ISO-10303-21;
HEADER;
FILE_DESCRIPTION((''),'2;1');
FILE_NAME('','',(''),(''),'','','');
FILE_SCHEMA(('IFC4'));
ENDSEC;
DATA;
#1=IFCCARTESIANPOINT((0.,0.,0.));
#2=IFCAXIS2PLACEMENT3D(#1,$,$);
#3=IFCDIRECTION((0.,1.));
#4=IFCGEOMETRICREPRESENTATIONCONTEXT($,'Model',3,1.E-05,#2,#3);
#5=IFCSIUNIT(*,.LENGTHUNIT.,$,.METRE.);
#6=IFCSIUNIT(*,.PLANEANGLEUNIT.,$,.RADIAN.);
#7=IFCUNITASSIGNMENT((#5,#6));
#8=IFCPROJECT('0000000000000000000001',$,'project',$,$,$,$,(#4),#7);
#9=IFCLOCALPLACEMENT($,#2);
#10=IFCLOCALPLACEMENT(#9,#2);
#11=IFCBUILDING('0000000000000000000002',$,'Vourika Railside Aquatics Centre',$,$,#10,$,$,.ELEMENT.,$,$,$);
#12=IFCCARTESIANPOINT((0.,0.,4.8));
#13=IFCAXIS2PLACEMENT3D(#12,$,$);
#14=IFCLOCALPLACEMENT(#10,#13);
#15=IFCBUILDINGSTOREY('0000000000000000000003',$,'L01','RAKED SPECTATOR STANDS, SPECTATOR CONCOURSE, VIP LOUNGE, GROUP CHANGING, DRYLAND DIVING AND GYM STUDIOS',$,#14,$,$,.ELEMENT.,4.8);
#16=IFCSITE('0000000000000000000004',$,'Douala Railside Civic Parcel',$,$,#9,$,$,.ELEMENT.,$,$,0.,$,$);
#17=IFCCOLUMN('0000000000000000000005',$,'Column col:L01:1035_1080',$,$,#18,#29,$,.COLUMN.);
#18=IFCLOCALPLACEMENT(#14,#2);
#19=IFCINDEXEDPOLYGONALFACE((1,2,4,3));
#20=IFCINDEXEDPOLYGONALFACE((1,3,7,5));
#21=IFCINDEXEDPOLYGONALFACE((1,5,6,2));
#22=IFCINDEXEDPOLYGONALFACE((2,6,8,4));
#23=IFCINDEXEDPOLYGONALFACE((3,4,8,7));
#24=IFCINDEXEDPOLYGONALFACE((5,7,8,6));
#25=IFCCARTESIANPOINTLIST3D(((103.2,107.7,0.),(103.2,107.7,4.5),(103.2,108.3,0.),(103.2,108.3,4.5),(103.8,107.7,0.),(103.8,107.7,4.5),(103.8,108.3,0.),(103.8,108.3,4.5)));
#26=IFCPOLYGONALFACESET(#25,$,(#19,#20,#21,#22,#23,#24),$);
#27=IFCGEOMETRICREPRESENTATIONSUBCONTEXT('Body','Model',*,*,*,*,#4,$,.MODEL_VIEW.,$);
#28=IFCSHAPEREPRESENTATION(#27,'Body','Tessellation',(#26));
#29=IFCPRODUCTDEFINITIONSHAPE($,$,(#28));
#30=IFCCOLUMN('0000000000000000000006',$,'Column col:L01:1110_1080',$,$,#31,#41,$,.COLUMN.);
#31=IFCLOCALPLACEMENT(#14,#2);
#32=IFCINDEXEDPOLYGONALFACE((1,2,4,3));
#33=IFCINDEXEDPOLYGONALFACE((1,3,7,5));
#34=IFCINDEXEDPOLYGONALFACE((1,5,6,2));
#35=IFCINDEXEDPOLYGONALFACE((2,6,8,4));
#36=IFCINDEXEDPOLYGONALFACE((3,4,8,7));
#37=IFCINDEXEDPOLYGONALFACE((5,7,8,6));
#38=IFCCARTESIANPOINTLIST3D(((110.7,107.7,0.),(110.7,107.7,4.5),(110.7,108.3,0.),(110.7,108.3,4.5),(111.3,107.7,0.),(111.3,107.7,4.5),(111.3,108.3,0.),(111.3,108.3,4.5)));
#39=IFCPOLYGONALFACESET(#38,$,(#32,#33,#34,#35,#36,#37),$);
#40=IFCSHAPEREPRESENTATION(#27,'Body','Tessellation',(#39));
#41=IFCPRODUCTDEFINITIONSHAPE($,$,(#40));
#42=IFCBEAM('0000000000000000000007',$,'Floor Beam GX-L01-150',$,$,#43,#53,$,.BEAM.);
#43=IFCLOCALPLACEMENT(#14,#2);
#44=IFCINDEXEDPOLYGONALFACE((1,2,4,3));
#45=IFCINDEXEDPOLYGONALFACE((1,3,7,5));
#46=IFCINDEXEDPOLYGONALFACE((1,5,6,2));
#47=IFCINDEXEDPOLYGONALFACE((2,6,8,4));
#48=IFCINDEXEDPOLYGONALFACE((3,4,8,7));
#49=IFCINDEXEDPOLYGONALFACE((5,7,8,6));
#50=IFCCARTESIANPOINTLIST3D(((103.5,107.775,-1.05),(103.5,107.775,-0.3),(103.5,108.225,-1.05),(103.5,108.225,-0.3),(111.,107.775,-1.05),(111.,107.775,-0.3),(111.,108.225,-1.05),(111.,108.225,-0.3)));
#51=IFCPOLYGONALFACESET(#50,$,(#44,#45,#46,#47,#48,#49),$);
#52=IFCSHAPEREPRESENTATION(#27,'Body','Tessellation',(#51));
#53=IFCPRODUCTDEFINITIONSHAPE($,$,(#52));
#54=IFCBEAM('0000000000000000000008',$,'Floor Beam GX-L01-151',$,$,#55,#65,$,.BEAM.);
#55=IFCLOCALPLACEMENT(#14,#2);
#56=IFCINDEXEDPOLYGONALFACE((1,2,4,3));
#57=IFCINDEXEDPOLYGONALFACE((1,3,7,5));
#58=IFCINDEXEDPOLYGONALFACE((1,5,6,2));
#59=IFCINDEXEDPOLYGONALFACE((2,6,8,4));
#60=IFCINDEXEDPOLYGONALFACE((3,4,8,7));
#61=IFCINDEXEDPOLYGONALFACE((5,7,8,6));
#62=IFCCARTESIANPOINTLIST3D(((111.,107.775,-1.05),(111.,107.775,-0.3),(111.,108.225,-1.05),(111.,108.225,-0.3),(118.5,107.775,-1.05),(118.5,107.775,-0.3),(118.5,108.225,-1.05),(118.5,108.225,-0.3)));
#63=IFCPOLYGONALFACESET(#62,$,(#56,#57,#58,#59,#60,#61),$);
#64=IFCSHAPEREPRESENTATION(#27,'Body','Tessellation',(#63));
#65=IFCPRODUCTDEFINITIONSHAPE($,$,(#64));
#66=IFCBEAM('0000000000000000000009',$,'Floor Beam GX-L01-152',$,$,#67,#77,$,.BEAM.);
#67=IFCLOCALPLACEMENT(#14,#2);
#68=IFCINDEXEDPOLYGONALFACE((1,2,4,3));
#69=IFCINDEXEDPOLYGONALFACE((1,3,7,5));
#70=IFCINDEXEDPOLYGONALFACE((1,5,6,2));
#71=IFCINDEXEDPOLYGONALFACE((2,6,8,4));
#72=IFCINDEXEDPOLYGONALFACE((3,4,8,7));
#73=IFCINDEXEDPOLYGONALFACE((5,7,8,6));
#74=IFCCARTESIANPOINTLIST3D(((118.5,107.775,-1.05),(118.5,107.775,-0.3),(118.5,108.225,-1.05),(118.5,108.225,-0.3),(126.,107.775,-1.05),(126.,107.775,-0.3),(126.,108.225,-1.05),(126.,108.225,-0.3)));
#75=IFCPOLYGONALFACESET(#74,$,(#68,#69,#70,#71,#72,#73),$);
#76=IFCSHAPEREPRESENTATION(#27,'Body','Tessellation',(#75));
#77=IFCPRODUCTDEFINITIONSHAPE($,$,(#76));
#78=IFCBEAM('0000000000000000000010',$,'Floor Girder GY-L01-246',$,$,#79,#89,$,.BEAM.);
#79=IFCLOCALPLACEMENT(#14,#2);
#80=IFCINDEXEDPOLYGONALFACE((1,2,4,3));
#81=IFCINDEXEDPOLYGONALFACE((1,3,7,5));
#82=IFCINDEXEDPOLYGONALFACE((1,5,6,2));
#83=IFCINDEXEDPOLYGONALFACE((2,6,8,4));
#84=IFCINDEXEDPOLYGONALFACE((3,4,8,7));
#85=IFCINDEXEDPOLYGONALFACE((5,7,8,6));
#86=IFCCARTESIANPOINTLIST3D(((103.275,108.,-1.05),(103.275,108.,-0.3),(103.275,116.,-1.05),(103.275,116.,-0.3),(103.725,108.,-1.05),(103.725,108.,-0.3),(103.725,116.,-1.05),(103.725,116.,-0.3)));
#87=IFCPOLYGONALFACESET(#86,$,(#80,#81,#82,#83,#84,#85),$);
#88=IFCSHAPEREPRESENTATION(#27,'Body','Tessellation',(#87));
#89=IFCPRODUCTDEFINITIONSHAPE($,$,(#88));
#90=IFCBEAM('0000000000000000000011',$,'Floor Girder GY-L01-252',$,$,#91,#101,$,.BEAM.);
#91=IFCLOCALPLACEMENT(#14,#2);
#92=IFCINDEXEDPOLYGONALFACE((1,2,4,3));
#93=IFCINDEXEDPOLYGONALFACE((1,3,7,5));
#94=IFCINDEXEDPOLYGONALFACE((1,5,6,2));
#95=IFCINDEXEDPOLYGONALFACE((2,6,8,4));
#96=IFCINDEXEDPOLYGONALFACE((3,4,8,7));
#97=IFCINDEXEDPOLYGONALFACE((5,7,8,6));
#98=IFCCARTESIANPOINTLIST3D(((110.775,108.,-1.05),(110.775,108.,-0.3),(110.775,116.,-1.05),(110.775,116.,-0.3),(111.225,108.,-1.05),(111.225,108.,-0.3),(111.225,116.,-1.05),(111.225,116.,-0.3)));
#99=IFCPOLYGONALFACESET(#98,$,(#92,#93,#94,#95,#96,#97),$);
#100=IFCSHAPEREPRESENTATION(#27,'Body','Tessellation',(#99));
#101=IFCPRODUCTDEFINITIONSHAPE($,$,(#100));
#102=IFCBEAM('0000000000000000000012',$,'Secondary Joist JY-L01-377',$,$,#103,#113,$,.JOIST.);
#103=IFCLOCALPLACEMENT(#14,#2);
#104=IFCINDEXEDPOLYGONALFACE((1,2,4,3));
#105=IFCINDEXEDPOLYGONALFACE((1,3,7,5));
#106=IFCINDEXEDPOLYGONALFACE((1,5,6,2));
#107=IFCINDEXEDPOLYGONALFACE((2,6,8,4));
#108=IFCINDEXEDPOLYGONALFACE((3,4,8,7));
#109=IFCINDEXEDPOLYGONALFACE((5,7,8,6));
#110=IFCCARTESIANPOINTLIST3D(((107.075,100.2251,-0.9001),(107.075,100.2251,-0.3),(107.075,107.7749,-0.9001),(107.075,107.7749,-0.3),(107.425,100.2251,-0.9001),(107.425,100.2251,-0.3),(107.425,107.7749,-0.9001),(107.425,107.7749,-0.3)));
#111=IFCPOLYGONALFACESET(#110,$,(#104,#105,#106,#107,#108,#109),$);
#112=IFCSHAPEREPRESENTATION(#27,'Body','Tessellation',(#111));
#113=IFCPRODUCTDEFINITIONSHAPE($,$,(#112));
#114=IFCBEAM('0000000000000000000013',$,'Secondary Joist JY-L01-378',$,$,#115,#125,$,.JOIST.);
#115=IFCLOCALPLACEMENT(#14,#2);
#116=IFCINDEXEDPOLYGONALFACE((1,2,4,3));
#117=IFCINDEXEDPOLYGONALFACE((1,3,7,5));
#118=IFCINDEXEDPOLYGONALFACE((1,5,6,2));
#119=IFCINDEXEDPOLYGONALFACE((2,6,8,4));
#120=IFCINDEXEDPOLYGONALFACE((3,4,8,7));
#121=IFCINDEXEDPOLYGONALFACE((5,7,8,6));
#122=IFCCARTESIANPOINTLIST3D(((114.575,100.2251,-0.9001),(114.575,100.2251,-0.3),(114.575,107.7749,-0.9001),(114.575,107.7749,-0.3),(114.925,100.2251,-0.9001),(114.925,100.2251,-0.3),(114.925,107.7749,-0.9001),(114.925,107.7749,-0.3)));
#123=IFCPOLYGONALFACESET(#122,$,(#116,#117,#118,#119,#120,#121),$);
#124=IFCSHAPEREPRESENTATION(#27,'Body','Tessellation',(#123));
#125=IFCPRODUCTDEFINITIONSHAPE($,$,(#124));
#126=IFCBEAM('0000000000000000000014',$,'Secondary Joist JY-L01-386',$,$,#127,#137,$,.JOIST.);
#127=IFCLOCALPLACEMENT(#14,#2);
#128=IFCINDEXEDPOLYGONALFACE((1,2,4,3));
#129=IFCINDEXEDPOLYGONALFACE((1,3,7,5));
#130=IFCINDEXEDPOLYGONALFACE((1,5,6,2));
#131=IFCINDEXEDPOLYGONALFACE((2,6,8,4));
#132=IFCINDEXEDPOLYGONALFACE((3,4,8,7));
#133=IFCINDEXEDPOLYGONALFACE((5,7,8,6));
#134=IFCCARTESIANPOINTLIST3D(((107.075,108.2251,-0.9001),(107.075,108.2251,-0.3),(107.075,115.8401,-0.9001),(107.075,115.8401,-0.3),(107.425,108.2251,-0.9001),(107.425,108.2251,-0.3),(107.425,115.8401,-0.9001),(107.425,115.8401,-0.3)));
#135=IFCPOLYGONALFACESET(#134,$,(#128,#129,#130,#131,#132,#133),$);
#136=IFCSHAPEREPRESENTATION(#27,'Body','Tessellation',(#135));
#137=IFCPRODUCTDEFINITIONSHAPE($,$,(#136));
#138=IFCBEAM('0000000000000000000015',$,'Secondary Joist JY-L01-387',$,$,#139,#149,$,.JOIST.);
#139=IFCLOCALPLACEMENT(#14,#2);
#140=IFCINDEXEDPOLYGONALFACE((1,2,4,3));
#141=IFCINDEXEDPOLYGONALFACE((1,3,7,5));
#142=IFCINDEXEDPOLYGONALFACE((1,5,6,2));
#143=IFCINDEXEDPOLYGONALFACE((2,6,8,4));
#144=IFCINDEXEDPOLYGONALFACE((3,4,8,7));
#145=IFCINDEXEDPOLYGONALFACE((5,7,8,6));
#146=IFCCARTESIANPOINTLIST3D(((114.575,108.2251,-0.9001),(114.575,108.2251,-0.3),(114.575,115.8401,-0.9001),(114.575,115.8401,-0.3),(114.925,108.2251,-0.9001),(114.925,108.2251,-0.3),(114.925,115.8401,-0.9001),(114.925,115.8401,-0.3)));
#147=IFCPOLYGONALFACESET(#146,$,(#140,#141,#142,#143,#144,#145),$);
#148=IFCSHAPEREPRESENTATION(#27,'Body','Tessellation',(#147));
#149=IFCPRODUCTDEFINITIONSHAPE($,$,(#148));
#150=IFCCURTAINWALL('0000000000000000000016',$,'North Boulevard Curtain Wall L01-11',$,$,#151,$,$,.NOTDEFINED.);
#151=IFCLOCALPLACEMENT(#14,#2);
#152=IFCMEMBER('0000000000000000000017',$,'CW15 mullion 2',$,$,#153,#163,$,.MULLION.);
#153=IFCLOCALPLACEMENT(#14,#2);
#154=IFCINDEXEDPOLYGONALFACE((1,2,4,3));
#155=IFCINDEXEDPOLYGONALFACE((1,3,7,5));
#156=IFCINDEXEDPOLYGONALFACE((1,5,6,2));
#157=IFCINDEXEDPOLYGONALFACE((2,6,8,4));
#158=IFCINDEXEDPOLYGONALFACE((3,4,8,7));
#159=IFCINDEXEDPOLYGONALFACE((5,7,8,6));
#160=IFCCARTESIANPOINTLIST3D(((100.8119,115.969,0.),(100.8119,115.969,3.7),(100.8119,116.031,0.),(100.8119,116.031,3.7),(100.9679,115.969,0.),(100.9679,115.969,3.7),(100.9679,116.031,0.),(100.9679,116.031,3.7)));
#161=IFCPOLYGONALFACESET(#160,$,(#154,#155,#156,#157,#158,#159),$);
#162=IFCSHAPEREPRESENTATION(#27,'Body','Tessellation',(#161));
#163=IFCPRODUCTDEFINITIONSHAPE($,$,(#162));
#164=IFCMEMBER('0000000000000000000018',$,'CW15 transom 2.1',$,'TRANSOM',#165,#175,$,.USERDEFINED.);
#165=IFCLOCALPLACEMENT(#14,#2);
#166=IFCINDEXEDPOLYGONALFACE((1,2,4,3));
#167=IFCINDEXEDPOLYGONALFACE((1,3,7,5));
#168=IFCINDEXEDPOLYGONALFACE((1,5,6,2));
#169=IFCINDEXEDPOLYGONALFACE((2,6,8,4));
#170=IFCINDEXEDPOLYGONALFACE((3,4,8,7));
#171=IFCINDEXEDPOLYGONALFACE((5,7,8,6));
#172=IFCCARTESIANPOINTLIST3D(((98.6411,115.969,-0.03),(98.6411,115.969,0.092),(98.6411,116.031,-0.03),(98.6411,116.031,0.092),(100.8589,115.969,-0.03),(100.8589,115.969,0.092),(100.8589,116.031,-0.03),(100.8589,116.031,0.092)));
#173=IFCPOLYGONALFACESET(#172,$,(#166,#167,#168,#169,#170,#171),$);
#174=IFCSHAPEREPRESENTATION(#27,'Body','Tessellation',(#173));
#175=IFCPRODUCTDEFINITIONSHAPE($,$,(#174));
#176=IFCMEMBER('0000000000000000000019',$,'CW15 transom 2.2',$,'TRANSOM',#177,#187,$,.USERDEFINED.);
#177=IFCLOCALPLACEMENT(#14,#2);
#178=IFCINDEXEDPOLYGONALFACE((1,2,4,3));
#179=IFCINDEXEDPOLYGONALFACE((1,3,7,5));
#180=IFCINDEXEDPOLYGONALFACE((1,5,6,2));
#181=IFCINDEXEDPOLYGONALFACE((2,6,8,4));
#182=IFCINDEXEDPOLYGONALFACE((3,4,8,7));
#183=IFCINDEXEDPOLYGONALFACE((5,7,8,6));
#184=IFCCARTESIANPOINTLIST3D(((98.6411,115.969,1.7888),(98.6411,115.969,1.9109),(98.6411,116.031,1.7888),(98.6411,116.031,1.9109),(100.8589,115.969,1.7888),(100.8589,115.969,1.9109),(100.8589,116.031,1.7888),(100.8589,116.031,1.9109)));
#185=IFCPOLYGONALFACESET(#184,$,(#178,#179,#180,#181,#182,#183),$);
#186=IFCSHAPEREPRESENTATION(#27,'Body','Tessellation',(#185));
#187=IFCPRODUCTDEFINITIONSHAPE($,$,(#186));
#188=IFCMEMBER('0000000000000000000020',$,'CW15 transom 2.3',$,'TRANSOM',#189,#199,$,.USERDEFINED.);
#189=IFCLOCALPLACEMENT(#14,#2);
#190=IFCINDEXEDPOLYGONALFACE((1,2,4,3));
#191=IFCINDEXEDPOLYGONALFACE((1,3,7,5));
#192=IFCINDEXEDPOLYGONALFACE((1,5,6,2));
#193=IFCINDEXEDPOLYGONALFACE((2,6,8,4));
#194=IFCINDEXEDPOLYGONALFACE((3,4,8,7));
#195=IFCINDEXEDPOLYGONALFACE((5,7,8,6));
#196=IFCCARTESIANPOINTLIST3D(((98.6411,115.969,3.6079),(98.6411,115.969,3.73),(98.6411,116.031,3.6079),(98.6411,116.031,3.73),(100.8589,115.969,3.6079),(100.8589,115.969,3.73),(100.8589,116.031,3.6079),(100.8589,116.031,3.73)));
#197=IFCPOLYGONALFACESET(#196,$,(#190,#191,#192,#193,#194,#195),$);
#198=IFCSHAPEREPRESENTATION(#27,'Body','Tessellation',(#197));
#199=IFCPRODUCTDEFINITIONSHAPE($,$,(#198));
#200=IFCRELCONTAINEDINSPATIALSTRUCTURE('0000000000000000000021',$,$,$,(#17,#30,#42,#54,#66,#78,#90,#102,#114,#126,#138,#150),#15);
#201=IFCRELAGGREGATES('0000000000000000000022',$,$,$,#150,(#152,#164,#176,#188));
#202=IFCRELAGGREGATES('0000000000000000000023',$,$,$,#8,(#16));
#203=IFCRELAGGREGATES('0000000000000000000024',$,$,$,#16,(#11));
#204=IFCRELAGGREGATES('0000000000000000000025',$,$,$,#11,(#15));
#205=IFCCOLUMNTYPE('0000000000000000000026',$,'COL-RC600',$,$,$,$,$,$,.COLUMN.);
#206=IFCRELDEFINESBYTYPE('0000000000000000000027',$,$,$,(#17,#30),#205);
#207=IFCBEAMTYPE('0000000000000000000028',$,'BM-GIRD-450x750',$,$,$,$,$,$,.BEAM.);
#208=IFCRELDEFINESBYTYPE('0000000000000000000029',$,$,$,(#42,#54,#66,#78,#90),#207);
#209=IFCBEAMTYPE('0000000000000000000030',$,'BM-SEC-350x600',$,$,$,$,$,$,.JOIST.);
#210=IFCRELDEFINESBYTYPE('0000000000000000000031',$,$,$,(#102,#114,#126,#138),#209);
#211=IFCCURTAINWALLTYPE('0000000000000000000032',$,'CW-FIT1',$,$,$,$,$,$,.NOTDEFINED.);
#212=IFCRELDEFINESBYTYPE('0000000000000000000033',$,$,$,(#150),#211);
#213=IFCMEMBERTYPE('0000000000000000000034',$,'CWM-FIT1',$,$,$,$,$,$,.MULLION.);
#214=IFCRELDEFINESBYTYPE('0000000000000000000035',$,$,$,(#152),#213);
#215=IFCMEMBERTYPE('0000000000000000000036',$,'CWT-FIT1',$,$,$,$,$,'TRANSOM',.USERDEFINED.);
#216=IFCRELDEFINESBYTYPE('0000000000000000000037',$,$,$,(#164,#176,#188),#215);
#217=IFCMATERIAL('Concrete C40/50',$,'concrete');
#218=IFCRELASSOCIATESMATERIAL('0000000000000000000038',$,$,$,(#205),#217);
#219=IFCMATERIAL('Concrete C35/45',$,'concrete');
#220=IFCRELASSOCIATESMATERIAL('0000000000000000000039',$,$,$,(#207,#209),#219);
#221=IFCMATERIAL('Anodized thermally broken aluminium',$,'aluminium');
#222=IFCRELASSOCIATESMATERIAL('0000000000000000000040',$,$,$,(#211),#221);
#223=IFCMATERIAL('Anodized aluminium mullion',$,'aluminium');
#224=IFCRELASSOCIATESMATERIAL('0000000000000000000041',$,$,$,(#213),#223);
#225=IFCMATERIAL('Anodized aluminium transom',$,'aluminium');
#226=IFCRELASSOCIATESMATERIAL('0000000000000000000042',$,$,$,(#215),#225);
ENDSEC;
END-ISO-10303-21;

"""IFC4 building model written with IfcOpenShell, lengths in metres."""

from ifc_helpers import new_model, si_unit, direction, frame, origin, origin_2d, place, context, subcontext, project, spatial, rectangle, extrude, material, material_profile, profile_set, type_object, element, aggregate, save


model = new_model("IFC4")

# Units and contexts
model_context = context("Model", 3, precision=1e-05, world=origin(), true_north=direction((0.0, 1.0)))
body_context = subcontext(model_context, "Body", "Model", "MODEL_VIEW")
ifc_project = project(units=[si_unit("LENGTHUNIT", "METRE"), si_unit("PLANEANGLEUNIT", "RADIAN")], contexts=[model_context])

# Site, building, storey
site_placement = place(None, origin())
site = spatial("IfcSite", under=ifc_project, at=site_placement, Name="Douala Railside Civic Parcel", CompositionType="ELEMENT", RefElevation=0.0)
building_placement = place(site_placement, origin())
building = spatial("IfcBuilding", under=site, at=building_placement, Name="Vourika Railside Aquatics Centre", CompositionType="ELEMENT")
storey_placement = place(building_placement, frame((0.0, 0.0, 4.8)))
storey = spatial("IfcBuildingStorey", under=building, at=storey_placement, Name="L01", Description="RAKED SPECTATOR STANDS, SPECTATOR CONCOURSE, VIP LOUNGE, GROUP CHANGING, DRYLAND DIVING AND GYM STUDIOS", CompositionType="ELEMENT", Elevation=4.8)

# Columns
ifc_material_1 = material(Name="Concrete C40/50", Category="concrete")
ifc_material_profile_1 = material_profile(ifc_material_1, rectangle(XDim=0.6001, YDim=0.6001, at=origin_2d()), Name="RC 600x600")
ifc_profile_set_1 = profile_set([ifc_material_profile_1], Name="Concrete C40/50")
column_type = type_object("IfcColumnType", Name="COL-RC600", PredefinedType="COLUMN", material=ifc_profile_set_1)
for number, where, z_axis, x_axis, name in (
    (1, (103.5, 108.0, 0.0), (0.0, 0.0, 1.0), (1.0, 0.0, 0.0), "Column col:L01:1035_1080"),
    (2, (111.0, 108.0, 0.0), (0.0, 0.0, 1.0), (1.0, 0.0, 0.0), "Column col:L01:1110_1080"),
):
    element("IfcColumn", number, at=place(storey_placement, frame(where, z_axis=z_axis, x_axis=x_axis)), inside=storey, type_object=column_type, Name=name, PredefinedType="COLUMN", context=body_context, shape_type="SweptSolid", body=[
        extrude(rectangle(XDim=0.6001, YDim=0.6001, at=origin_2d()), origin(), (0.0, 0.0, 1.0), 4.5),
    ])

# Beams
ifc_material_2 = material(Name="Concrete C35/45", Category="concrete")
ifc_material_profile_2 = material_profile(ifc_material_2, rectangle(XDim=0.45, YDim=0.75, at=origin_2d()), Name="RC 450x750")
ifc_profile_set_2 = profile_set([ifc_material_profile_2], Name="Concrete C35/45")
beam_type_1 = type_object("IfcBeamType", Name="BM-GIRD-450x750", PredefinedType="BEAM", material=ifc_profile_set_2)
for number, where, z_axis, x_axis, name in (
    (3, (103.5, 108.0, -0.675), (1.0, 0.0, 0.0), (0.0, 1.0, 0.0), "Floor Beam GX-L01-150"),
    (4, (111.0, 108.0, -0.675), (1.0, 0.0, 0.0), (0.0, 1.0, 0.0), "Floor Beam GX-L01-151"),
    (5, (118.5, 108.0, -0.675), (1.0, 0.0, 0.0), (0.0, 1.0, 0.0), "Floor Beam GX-L01-152"),
):
    element("IfcBeam", number, at=place(storey_placement, frame(where, z_axis=z_axis, x_axis=x_axis)), inside=storey, type_object=beam_type_1, Name=name, PredefinedType="BEAM", context=body_context, shape_type="SweptSolid", body=[
        extrude(rectangle(XDim=0.45, YDim=0.75, at=origin_2d()), origin(), (0.0, 0.0, 1.0), 7.5),
    ])
for number, where, z_axis, x_axis, name in (
    (6, (103.5, 108.0, -0.675), (0.0, 1.0, 0.0), (-1.0, 0.0, 0.0), "Floor Girder GY-L01-246"),
    (7, (111.0, 108.0, -0.675), (0.0, 1.0, 0.0), (-1.0, 0.0, 0.0), "Floor Girder GY-L01-252"),
):
    element("IfcBeam", number, at=place(storey_placement, frame(where, z_axis=z_axis, x_axis=x_axis)), inside=storey, type_object=beam_type_1, Name=name, PredefinedType="BEAM", context=body_context, shape_type="SweptSolid", body=[
        extrude(rectangle(XDim=0.45, YDim=0.75, at=origin_2d()), origin(), (0.0, 0.0, 1.0), 8.0),
    ])
ifc_material_profile_3 = material_profile(ifc_material_2, rectangle(XDim=0.3501, YDim=0.6001, at=origin_2d()), Name="RC 350x600")
ifc_profile_set_3 = profile_set([ifc_material_profile_3], Name="Concrete C35/45")
beam_type_2 = type_object("IfcBeamType", Name="BM-SEC-350x600", PredefinedType="JOIST", material=ifc_profile_set_3)
for number, where, z_axis, x_axis, name in (
    (8, (107.25, 100.2251, -0.6001), (0.0, 1.0, 0.0), (-1.0, 0.0, 0.0), "Secondary Joist JY-L01-377"),
    (9, (114.75, 100.2251, -0.6001), (0.0, 1.0, 0.0), (-1.0, 0.0, 0.0), "Secondary Joist JY-L01-378"),
):
    element("IfcBeam", number, at=place(storey_placement, frame(where, z_axis=z_axis, x_axis=x_axis)), inside=storey, type_object=beam_type_2, Name=name, PredefinedType="JOIST", context=body_context, shape_type="SweptSolid", body=[
        extrude(rectangle(XDim=0.3501, YDim=0.6001, at=origin_2d()), origin(), (0.0, 0.0, 1.0), 7.5498),
    ])
for number, where, z_axis, x_axis, name in (
    (10, (107.25, 108.2251, -0.6001), (0.0, 1.0, 0.0), (-1.0, 0.0, 0.0), "Secondary Joist JY-L01-386"),
    (11, (114.75, 108.2251, -0.6001), (0.0, 1.0, 0.0), (-1.0, 0.0, 0.0), "Secondary Joist JY-L01-387"),
):
    element("IfcBeam", number, at=place(storey_placement, frame(where, z_axis=z_axis, x_axis=x_axis)), inside=storey, type_object=beam_type_2, Name=name, PredefinedType="JOIST", context=body_context, shape_type="SweptSolid", body=[
        extrude(rectangle(XDim=0.3501, YDim=0.6001, at=origin_2d()), origin(), (0.0, 0.0, 1.0), 7.615),
    ])

# Curtain wall, members
ifc_material_3 = material(Name="Anodized thermally broken aluminium", Category="aluminium")
curtain_wall_type = type_object("IfcCurtainWallType", Name="CW-FIT1", PredefinedType="NOTDEFINED", material=ifc_material_3)
curtain_wall_placement = place(storey_placement, origin())
curtain_wall = element("IfcCurtainWall", 12, at=curtain_wall_placement, inside=storey, type_object=curtain_wall_type, Name="North Boulevard Curtain Wall L01-11", PredefinedType="NOTDEFINED")
ifc_material_4 = material(Name="Anodized aluminium mullion", Category="aluminium")
ifc_material_profile_4 = material_profile(ifc_material_4, rectangle(XDim=0.062, YDim=0.156, at=origin_2d()), Name="ALU-M 62x156")
ifc_profile_set_4 = profile_set([ifc_material_profile_4], Name="Anodized aluminium mullion")
member_type_1 = type_object("IfcMemberType", Name="CWM-FIT1", PredefinedType="MULLION", material=ifc_profile_set_4)
member_1_placement = place(storey_placement, frame((100.8899, 116.0, 0.0), z_axis=(0.0, 0.0, 1.0), x_axis=(0.0, -1.0, 0.0)))
member_1 = element("IfcMember", 13, at=member_1_placement, type_object=member_type_1, Name="CW15 mullion 2", PredefinedType="MULLION", context=body_context, shape_type="SweptSolid", body=[
    extrude(rectangle(XDim=0.062, YDim=0.156, at=origin_2d()), origin(), (0.0, 0.0, 1.0), 3.7),
])
ifc_material_5 = material(Name="Anodized aluminium transom", Category="aluminium")
ifc_material_profile_5 = material_profile(ifc_material_5, rectangle(XDim=0.062, YDim=0.1221, at=origin_2d()), Name="ALU-T 62x122")
ifc_profile_set_5 = profile_set([ifc_material_profile_5], Name="Anodized aluminium transom")
member_type_2 = type_object("IfcMemberType", Name="CWT-FIT1", ElementType="TRANSOM", PredefinedType="USERDEFINED", material=ifc_profile_set_5)
member_2_placement = place(storey_placement, frame((100.8589, 116.0, 0.031), z_axis=(-1.0, 0.0, 0.0), x_axis=(0.0, -1.0, 0.0)))
member_2 = element("IfcMember", 14, at=member_2_placement, type_object=member_type_2, Name="CW15 transom 2.1", ObjectType="TRANSOM", PredefinedType="USERDEFINED", context=body_context, shape_type="SweptSolid", body=[
    extrude(rectangle(XDim=0.062, YDim=0.1221, at=origin_2d()), origin(), (0.0, 0.0, 1.0), 2.2178),
])
member_3_placement = place(storey_placement, frame((100.8589, 116.0, 1.8499), z_axis=(-1.0, 0.0, 0.0), x_axis=(0.0, -1.0, 0.0)))
member_3 = element("IfcMember", 15, at=member_3_placement, type_object=member_type_2, Name="CW15 transom 2.2", ObjectType="TRANSOM", PredefinedType="USERDEFINED", context=body_context, shape_type="SweptSolid", body=[
    extrude(rectangle(XDim=0.062, YDim=0.1221, at=origin_2d()), origin(), (0.0, 0.0, 1.0), 2.2178),
])
member_4_placement = place(storey_placement, frame((100.8589, 116.0, 3.6689), z_axis=(-1.0, 0.0, 0.0), x_axis=(0.0, -1.0, 0.0)))
member_4 = element("IfcMember", 16, at=member_4_placement, type_object=member_type_2, Name="CW15 transom 2.3", ObjectType="TRANSOM", PredefinedType="USERDEFINED", context=body_context, shape_type="SweptSolid", body=[
    extrude(rectangle(XDim=0.062, YDim=0.1221, at=origin_2d()), origin(), (0.0, 0.0, 1.0), 2.2178),
])
aggregate(curtain_wall, [member_1, member_2, member_3, member_4])

save(model, "model.ifc")
